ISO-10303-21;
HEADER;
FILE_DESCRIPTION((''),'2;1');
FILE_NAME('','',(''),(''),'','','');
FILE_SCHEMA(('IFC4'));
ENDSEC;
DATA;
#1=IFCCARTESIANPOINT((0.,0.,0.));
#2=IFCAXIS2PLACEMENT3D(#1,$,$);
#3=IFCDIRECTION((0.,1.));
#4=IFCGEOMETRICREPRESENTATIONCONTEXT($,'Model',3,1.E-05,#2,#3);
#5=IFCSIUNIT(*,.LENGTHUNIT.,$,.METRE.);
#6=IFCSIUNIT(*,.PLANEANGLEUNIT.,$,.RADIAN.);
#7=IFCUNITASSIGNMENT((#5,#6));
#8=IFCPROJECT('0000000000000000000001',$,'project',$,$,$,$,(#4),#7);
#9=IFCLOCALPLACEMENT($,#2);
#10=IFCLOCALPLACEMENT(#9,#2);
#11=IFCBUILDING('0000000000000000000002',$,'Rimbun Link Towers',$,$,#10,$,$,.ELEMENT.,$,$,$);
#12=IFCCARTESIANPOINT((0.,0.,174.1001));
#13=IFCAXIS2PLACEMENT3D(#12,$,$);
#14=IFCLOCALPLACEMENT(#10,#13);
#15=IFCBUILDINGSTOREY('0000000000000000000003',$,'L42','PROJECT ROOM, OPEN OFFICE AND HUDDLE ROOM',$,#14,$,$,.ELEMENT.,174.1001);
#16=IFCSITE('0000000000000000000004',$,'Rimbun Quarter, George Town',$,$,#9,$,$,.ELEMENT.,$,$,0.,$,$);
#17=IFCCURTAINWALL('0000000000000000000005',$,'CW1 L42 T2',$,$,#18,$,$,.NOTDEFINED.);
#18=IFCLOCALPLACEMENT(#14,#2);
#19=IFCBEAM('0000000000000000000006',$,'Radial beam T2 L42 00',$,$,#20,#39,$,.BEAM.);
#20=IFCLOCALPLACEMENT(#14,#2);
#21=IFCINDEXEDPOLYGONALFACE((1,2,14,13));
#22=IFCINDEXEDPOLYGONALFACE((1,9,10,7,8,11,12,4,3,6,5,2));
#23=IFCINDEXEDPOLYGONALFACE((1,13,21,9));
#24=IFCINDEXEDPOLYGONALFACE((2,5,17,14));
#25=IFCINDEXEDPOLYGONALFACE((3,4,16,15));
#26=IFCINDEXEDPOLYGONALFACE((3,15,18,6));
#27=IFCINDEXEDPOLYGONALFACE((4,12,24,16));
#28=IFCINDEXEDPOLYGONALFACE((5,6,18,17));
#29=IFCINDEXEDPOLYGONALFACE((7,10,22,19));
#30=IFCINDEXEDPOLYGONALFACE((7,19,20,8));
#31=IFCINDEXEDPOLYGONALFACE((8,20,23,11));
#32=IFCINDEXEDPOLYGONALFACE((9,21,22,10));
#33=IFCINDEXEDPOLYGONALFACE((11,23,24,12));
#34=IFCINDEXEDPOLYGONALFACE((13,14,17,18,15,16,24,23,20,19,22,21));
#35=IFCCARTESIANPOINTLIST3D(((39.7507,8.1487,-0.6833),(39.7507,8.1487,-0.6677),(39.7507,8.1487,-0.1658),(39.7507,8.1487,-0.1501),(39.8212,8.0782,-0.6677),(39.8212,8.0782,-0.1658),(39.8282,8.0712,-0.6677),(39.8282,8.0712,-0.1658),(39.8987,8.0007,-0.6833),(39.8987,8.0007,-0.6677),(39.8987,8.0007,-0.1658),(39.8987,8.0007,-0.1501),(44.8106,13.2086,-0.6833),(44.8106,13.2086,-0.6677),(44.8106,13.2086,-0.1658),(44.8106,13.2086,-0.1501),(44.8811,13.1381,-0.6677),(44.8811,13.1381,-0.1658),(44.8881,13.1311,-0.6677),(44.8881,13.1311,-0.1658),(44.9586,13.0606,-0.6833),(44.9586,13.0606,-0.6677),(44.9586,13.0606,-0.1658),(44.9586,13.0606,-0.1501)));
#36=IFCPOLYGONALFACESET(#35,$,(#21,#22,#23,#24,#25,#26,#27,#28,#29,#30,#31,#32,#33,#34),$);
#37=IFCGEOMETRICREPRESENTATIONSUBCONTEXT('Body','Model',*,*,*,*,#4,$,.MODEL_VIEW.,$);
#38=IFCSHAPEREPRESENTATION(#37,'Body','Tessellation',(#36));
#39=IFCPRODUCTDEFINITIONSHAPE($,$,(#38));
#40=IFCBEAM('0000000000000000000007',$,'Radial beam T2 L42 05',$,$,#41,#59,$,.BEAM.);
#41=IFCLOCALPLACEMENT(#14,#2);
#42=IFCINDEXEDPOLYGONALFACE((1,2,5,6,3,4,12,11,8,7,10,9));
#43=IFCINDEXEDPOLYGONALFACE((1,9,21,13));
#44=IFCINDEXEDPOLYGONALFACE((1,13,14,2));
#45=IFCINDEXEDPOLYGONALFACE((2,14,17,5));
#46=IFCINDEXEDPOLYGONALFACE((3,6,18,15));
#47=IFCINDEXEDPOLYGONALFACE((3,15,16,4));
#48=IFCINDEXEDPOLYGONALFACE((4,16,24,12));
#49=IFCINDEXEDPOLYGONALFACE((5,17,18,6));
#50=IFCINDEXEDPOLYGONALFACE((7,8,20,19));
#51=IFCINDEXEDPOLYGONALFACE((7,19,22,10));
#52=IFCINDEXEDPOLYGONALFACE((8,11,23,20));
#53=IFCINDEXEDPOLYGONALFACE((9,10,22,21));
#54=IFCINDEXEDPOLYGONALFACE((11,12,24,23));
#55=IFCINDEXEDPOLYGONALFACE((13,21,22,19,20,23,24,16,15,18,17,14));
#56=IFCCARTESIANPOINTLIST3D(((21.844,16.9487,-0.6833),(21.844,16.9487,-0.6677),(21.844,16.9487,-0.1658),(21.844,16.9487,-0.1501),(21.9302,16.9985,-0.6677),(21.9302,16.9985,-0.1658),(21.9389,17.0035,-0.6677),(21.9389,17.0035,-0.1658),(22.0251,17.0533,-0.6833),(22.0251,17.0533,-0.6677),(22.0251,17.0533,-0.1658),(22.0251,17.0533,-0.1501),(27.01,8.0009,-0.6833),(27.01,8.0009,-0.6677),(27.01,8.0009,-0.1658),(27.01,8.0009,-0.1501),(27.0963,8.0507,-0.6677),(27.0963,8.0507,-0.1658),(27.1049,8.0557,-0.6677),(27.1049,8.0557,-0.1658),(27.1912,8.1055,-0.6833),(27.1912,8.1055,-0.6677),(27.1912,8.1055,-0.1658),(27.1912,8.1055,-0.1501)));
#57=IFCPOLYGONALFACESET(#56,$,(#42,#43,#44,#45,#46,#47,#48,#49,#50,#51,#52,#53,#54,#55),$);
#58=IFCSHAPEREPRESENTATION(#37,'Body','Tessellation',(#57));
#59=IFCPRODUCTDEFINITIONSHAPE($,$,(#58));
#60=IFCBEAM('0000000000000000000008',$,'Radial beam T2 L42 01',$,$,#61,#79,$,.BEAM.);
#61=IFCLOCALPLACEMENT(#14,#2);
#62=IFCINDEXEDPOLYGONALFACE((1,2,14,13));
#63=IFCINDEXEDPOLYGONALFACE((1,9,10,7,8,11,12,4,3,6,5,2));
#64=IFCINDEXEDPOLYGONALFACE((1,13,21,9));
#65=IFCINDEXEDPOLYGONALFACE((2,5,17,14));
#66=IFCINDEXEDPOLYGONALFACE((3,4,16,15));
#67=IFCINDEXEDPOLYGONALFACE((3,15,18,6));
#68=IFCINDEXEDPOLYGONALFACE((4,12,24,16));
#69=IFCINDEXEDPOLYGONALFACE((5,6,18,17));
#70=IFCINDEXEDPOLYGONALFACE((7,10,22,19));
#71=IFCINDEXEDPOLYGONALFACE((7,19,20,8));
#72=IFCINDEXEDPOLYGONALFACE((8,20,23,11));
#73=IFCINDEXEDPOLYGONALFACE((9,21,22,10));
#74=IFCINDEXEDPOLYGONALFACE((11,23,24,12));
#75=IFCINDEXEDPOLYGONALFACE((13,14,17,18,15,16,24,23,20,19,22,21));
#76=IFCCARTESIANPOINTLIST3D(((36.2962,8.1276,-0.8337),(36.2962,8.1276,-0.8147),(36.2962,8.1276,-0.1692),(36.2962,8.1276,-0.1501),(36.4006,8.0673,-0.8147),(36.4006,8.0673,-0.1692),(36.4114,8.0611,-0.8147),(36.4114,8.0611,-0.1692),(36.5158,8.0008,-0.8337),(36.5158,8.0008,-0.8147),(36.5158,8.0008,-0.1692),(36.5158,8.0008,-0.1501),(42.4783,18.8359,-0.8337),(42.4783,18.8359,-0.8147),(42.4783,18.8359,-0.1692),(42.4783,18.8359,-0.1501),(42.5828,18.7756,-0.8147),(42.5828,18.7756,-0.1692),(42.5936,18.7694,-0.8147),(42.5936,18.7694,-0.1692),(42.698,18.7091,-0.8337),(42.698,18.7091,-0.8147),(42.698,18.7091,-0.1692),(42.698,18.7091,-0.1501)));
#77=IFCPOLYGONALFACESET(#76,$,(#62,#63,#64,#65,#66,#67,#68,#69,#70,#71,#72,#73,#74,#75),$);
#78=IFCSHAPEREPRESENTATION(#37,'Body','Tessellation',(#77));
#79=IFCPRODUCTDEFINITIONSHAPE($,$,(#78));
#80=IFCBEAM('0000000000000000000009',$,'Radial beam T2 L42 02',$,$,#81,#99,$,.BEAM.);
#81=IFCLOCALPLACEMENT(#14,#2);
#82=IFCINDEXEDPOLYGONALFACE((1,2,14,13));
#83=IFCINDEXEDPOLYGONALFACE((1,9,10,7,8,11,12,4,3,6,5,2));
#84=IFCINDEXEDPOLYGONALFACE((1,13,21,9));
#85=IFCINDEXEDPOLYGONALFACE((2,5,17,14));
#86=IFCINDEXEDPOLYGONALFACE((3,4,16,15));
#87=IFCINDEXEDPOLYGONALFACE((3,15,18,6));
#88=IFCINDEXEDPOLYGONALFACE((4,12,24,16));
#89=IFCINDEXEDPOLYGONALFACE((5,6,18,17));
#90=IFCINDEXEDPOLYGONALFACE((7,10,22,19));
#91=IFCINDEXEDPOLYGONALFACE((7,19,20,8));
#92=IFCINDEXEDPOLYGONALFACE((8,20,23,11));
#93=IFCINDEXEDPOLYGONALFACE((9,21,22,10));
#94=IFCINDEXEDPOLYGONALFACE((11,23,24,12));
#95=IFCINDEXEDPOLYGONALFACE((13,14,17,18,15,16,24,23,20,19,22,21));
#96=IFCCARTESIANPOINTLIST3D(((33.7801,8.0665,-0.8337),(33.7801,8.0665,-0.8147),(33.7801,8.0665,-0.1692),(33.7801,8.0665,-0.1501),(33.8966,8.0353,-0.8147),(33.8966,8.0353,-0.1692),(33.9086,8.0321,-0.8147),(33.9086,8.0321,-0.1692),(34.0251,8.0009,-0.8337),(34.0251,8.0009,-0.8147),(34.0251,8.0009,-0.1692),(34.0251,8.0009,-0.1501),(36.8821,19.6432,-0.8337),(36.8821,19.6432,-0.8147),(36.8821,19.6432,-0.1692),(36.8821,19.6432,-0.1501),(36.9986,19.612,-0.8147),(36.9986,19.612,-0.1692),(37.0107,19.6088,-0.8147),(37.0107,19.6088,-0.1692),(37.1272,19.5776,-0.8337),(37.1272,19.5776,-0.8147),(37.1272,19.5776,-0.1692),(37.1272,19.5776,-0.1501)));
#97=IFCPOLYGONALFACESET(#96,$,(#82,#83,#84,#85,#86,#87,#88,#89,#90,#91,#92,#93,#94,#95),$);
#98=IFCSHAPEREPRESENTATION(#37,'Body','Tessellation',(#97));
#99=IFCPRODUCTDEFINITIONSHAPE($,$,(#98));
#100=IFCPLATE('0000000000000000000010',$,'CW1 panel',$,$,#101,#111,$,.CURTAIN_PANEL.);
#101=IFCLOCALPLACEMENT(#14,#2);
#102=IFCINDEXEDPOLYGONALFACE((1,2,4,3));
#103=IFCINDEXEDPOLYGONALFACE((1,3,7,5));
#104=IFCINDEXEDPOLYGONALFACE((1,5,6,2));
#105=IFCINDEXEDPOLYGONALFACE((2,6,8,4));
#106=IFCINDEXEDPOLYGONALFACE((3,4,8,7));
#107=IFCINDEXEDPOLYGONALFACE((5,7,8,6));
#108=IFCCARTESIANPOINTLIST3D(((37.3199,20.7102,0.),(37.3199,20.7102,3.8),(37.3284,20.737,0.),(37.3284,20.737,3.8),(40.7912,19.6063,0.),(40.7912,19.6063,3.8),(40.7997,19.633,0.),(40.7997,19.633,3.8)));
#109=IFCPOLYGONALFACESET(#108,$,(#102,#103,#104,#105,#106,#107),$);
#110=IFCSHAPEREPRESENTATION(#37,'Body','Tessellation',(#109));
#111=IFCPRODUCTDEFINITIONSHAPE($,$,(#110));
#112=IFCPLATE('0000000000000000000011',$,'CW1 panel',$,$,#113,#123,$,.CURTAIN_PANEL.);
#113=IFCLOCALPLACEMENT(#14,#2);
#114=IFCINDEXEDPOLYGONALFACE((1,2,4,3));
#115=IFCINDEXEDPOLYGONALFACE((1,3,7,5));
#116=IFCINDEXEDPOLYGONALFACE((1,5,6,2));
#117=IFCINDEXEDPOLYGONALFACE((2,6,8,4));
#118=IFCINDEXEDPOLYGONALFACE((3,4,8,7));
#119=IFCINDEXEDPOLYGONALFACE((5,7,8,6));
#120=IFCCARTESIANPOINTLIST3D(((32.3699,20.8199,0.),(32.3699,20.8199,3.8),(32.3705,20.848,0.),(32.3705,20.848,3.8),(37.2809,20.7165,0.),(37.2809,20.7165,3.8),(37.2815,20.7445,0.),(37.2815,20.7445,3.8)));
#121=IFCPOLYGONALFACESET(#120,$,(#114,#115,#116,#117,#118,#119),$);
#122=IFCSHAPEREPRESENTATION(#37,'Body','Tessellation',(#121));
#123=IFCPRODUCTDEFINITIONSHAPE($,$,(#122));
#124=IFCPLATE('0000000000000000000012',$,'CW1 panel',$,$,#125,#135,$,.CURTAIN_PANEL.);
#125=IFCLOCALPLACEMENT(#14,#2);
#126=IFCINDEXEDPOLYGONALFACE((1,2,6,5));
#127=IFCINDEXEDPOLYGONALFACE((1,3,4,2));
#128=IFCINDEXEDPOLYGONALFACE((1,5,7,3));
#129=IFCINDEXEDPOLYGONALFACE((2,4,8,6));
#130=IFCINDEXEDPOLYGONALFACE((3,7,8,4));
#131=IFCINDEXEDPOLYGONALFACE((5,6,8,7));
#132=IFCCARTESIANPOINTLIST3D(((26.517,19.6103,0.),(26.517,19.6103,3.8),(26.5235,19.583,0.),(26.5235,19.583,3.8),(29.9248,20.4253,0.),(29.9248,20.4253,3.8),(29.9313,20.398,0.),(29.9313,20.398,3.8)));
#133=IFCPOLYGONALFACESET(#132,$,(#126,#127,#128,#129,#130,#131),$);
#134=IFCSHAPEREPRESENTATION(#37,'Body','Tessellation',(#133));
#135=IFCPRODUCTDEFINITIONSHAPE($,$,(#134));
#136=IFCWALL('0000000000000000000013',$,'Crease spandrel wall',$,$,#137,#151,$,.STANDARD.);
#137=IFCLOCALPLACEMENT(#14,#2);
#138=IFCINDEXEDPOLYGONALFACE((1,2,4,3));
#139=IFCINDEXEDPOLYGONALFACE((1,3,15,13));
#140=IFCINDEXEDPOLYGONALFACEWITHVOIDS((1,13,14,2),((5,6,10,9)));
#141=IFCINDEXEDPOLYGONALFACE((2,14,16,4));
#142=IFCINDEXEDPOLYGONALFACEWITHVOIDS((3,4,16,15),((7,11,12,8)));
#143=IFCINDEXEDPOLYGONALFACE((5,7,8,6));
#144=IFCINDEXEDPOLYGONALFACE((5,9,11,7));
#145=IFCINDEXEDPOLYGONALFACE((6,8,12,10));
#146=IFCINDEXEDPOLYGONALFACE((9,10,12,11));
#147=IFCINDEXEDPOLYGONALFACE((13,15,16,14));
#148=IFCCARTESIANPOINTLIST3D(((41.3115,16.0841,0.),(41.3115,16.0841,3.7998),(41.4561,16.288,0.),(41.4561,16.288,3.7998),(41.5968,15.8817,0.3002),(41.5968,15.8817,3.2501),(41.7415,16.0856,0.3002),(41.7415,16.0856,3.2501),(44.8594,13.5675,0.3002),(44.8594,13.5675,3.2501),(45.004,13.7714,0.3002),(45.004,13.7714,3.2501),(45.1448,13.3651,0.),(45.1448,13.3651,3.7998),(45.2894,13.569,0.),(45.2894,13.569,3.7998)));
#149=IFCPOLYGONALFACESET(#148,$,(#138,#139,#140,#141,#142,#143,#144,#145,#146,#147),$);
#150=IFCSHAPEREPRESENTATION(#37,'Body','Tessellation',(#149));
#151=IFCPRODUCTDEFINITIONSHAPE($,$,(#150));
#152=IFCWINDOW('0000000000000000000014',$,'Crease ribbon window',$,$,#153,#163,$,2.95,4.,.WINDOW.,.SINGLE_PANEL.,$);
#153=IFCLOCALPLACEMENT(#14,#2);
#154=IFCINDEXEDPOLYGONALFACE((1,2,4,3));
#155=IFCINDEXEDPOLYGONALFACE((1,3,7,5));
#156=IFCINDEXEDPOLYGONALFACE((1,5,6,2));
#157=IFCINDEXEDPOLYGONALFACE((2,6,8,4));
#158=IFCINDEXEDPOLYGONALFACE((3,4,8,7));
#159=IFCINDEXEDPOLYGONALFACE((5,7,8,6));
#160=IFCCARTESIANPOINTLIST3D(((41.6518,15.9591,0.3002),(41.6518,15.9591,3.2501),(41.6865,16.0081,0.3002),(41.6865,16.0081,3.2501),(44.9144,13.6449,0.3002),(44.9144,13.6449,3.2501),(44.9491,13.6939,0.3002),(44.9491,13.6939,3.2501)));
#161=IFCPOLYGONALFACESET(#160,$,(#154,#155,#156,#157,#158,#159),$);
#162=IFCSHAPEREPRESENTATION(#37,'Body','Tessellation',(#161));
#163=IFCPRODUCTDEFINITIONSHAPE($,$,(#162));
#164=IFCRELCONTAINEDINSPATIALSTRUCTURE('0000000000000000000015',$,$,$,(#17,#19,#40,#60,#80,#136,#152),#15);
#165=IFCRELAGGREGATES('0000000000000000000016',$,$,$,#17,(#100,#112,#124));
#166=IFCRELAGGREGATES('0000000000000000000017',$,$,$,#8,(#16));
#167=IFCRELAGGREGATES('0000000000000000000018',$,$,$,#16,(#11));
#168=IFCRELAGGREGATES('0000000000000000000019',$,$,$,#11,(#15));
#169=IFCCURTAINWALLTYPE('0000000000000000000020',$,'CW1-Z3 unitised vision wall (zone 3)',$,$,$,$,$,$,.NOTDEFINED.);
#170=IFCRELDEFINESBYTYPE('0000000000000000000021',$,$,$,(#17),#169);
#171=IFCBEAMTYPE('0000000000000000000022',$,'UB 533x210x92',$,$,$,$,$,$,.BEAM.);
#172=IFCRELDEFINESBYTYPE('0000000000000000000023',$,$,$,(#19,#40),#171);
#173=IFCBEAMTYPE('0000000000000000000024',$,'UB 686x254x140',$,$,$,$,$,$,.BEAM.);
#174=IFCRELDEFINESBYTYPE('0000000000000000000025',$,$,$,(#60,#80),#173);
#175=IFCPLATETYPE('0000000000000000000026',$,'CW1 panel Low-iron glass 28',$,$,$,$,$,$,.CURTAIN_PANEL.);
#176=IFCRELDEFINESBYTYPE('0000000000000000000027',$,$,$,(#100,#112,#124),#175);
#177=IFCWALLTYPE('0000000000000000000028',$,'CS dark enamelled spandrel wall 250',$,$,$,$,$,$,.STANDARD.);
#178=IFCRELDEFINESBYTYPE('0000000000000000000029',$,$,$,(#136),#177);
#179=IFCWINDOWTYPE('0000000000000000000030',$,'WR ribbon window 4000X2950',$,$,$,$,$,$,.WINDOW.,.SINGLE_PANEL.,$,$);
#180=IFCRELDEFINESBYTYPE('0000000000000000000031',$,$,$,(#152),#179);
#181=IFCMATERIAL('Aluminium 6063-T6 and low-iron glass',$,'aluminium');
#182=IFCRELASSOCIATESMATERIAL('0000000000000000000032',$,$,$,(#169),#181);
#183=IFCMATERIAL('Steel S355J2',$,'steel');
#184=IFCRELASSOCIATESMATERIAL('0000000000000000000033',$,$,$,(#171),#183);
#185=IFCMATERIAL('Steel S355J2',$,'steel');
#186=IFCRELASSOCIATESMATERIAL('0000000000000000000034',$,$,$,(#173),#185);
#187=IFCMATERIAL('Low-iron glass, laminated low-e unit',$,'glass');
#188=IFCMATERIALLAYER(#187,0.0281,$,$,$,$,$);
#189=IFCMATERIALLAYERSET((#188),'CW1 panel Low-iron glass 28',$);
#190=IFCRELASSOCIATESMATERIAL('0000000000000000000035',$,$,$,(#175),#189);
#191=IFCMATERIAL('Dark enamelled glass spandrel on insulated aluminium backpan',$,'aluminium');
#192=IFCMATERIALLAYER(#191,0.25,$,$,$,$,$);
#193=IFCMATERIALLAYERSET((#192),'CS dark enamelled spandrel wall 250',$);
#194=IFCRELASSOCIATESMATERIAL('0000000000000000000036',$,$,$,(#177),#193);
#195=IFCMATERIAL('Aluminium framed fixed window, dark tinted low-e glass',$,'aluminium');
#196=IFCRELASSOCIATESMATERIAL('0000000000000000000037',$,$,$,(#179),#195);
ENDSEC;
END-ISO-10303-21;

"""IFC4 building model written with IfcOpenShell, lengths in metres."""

from ifc_helpers import new_model, si_unit, direction, frame, frame_2d, origin, origin_2d, place, context, subcontext, project, spatial, rectangle, i_section, extrude, material, layer, layer_set, material_profile, profile_set, type_object, element, fill, aggregate, save


model = new_model("IFC4")

# Units and contexts
model_context = context("Model", 3, precision=1e-05, world=origin(), true_north=direction((0.0, 1.0)))
body_context = subcontext(model_context, "Body", "Model", "MODEL_VIEW")
ifc_project = project(units=[si_unit("LENGTHUNIT", "METRE"), si_unit("PLANEANGLEUNIT", "RADIAN")], contexts=[model_context])

# Site, building, storey
site_placement = place(None, origin())
site = spatial("IfcSite", under=ifc_project, at=site_placement, Name="Rimbun Quarter, George Town", CompositionType="ELEMENT", RefElevation=0.0)
building_placement = place(site_placement, origin())
building = spatial("IfcBuilding", under=site, at=building_placement, Name="Rimbun Link Towers", CompositionType="ELEMENT")
storey_placement = place(building_placement, frame((0.0, 0.0, 174.1001)))
storey = spatial("IfcBuildingStorey", under=building, at=storey_placement, Name="L42", Description="PROJECT ROOM, OPEN OFFICE AND HUDDLE ROOM", CompositionType="ELEMENT", Elevation=174.1001)

# Curtain wall
ifc_material_1 = material(Name="Aluminium 6063-T6 and low-iron glass", Category="aluminium")
curtain_wall_type = type_object("IfcCurtainWallType", Name="CW1-Z3 unitised vision wall (zone 3)", PredefinedType="NOTDEFINED", material=ifc_material_1)
curtain_wall_placement = place(storey_placement, origin())
curtain_wall = element("IfcCurtainWall", 1, at=curtain_wall_placement, inside=storey, type_object=curtain_wall_type, Name="CW1 L42 T2", PredefinedType="NOTDEFINED")

# Beams
ifc_material_2 = material(Name="Steel S355J2", Category="steel")
ifc_material_profile_1 = material_profile(ifc_material_2, i_section(OverallWidth=0.2092, OverallDepth=0.5332, WebThickness=0.01, FlangeThickness=0.0156, at=origin_2d()), Name="UB 533x210x92")
ifc_profile_set_1 = profile_set([ifc_material_profile_1], Name="Steel S355J2")
beam_type_1 = type_object("IfcBeamType", Name="UB 533x210x92", PredefinedType="BEAM", material=ifc_profile_set_1)
beam_1_placement = place(storey_placement, frame((39.8247, 8.0747, -0.4167), z_axis=(0.707107, 0.707107, 0.0), x_axis=(-0.707107, 0.707107, 0.0)))
element("IfcBeam", 2, at=beam_1_placement, inside=storey, type_object=beam_type_1, Name="Radial beam T2 L42 00", PredefinedType="BEAM", context=body_context, shape_type="SweptSolid", body=[
    extrude(i_section(OverallWidth=0.2092, OverallDepth=0.5332, WebThickness=0.01, FlangeThickness=0.0156, at=origin_2d()), origin(), (0.0, 0.0, 1.0), 7.1558),
])
beam_2_placement = place(storey_placement, frame((27.1006, 8.0532, -0.4167), z_axis=(-0.500002, 0.866024, 0.0), x_axis=(-0.866024, -0.500002, 0.0)))
element("IfcBeam", 3, at=beam_2_placement, inside=storey, type_object=beam_type_1, Name="Radial beam T2 L42 05", PredefinedType="BEAM", context=body_context, shape_type="SweptSolid", body=[
    extrude(i_section(OverallWidth=0.2092, OverallDepth=0.5332, WebThickness=0.01, FlangeThickness=0.0156, at=origin_2d()), origin(), (0.0, 0.0, 1.0), 10.332),
])
ifc_material_3 = material(Name="Steel S355J2", Category="steel")
ifc_material_profile_2 = material_profile(ifc_material_3, i_section(OverallWidth=0.2537, OverallDepth=0.6836, WebThickness=0.0125, FlangeThickness=0.019, at=origin_2d()), Name="UB 686x254x140")
ifc_profile_set_2 = profile_set([ifc_material_profile_2], Name="Steel S355J2")
beam_type_2 = type_object("IfcBeamType", Name="UB 686x254x140", PredefinedType="BEAM", material=ifc_profile_set_2)
beam_3_placement = place(storey_placement, frame((36.406, 8.0642, -0.4919), z_axis=(0.499983, 0.866035, 0.0), x_axis=(-0.866035, 0.499983, 0.0)))
element("IfcBeam", 4, at=beam_3_placement, inside=storey, type_object=beam_type_2, Name="Radial beam T2 L42 01", PredefinedType="BEAM", context=body_context, shape_type="SweptSolid", body=[
    extrude(i_section(OverallWidth=0.2537, OverallDepth=0.6836, WebThickness=0.0125, FlangeThickness=0.019, at=origin_2d()), origin(), (0.0, 0.0, 1.0), 12.3647),
])
beam_4_placement = place(storey_placement, frame((33.9026, 8.0337, -0.4919), z_axis=(0.258826, 0.965924, 0.0), x_axis=(-0.965924, 0.258826, 0.0)))
element("IfcBeam", 5, at=beam_4_placement, inside=storey, type_object=beam_type_2, Name="Radial beam T2 L42 02", PredefinedType="BEAM", context=body_context, shape_type="SweptSolid", body=[
    extrude(i_section(OverallWidth=0.2537, OverallDepth=0.6836, WebThickness=0.0125, FlangeThickness=0.019, at=origin_2d()), origin(), (0.0, 0.0, 1.0), 11.9851),
])

# Plates
ifc_material_4 = material(Name="Low-iron glass, laminated low-e unit", Category="glass")
ifc_layer_1 = layer(ifc_material_4, 0.0281)
ifc_layer_set_1 = layer_set([ifc_layer_1], Name="CW1 panel Low-iron glass 28")
plate_type = type_object("IfcPlateType", Name="CW1 panel Low-iron glass 28", PredefinedType="CURTAIN_PANEL", material=ifc_layer_set_1)
plate_1_placement = place(storey_placement, frame((39.0598, 20.1716, 0.0), z_axis=(0.0, 0.0, 1.0), x_axis=(0.952969, -0.303068, 0.0)))
plate_1 = element("IfcPlate", 6, at=plate_1_placement, type_object=plate_type, Name="CW1 panel", PredefinedType="CURTAIN_PANEL", context=body_context, shape_type="SweptSolid", body=[
    extrude(rectangle(XDim=3.6426, YDim=0.0281, at=origin_2d()), origin(), (0.0, 0.0, 1.0), 3.8),
])
plate_2_placement = place(storey_placement, frame((34.8257, 20.7822, 0.0), z_axis=(0.0, 0.0, 1.0), x_axis=(0.999778, -0.021055, 0.0)))
plate_2 = element("IfcPlate", 7, at=plate_2_placement, type_object=plate_type, Name="CW1 panel", PredefinedType="CURTAIN_PANEL", context=body_context, shape_type="SweptSolid", body=[
    extrude(rectangle(XDim=4.9121, YDim=0.0281, at=origin_2d()), origin(), (0.0, 0.0, 1.0), 3.8),
])
plate_3_placement = place(storey_placement, frame((28.2241, 20.0042, 0.0), z_axis=(0.0, 0.0, 1.0), x_axis=(0.972574, 0.232595, 0.0)))
plate_3 = element("IfcPlate", 8, at=plate_3_placement, type_object=plate_type, Name="CW1 panel", PredefinedType="CURTAIN_PANEL", context=body_context, shape_type="SweptSolid", body=[
    extrude(rectangle(XDim=3.5039, YDim=0.0281, at=origin_2d()), origin(), (0.0, 0.0, 1.0), 3.8),
])
aggregate(curtain_wall, [plate_1, plate_2, plate_3])

# Wall, opening, window
ifc_material_5 = material(Name="Dark enamelled glass spandrel on insulated aluminium backpan", Category="aluminium")
ifc_layer_2 = layer(ifc_material_5, 0.25)
ifc_layer_set_2 = layer_set([ifc_layer_2], Name="CS dark enamelled spandrel wall 250")
wall_type_1 = type_object("IfcWallType", Name="CS dark enamelled spandrel wall 250", PredefinedType="STANDARD", material=ifc_layer_set_2)
wall_1_placement = place(storey_placement, frame((41.3838, 16.186, 0.0), z_axis=(0.0, 0.0, 1.0), x_axis=(0.815646, -0.578552, 0.0)))
wall_1 = element("IfcWall", 9, at=wall_1_placement, inside=storey, type_object=wall_type_1, Name="Crease spandrel wall", PredefinedType="STANDARD", context=body_context, shape_type="SweptSolid", body=[
    extrude(rectangle(XDim=4.6997, YDim=0.25, at=frame_2d((2.3499, 0.0))), origin(), (0.0, 0.0, 1.0), 3.7998),
])
opening_1_placement = place(wall_1_placement, frame((0.3499, 0.0, 0.3)))
opening_1 = element("IfcOpeningElement", 10, at=opening_1_placement, cuts=wall_1, PredefinedType="OPENING", context=body_context, shape_type="SweptSolid", body=[
    extrude(rectangle(XDim=4.0, YDim=2.95, at=frame_2d((2.0, 1.4751))), frame((0.0, 0.135, 0.0), z_axis=(0.0, -1.0, 0.0), x_axis=(1.0, 0.0, 0.0)), (0.0, 0.0, 1.0), 0.27),
])
ifc_material_6 = material(Name="Aluminium framed fixed window, dark tinted low-e glass", Category="aluminium")
window_type_1 = type_object("IfcWindowType", Name="WR ribbon window 4000X2950", PartitioningType="SINGLE_PANEL", PredefinedType="WINDOW", material=ifc_material_6)
window_1_placement = place(opening_1_placement, origin())
window_1 = element("IfcWindow", 11, at=window_1_placement, inside=storey, type_object=window_type_1, Name="Crease ribbon window", OverallHeight=2.95, OverallWidth=4.0, PartitioningType="SINGLE_PANEL", PredefinedType="WINDOW", context=body_context, shape_type="SweptSolid", body=[
    extrude(rectangle(XDim=4.0, YDim=2.95, at=frame_2d((2.0, 1.4751))), frame((0.0, 0.03, 0.0), z_axis=(0.0, -1.0, 0.0), x_axis=(1.0, 0.0, 0.0)), (0.0, 0.0, 1.0), 0.0601),
])
fill(opening_1, window_1)

save(model, "model.ifc")
